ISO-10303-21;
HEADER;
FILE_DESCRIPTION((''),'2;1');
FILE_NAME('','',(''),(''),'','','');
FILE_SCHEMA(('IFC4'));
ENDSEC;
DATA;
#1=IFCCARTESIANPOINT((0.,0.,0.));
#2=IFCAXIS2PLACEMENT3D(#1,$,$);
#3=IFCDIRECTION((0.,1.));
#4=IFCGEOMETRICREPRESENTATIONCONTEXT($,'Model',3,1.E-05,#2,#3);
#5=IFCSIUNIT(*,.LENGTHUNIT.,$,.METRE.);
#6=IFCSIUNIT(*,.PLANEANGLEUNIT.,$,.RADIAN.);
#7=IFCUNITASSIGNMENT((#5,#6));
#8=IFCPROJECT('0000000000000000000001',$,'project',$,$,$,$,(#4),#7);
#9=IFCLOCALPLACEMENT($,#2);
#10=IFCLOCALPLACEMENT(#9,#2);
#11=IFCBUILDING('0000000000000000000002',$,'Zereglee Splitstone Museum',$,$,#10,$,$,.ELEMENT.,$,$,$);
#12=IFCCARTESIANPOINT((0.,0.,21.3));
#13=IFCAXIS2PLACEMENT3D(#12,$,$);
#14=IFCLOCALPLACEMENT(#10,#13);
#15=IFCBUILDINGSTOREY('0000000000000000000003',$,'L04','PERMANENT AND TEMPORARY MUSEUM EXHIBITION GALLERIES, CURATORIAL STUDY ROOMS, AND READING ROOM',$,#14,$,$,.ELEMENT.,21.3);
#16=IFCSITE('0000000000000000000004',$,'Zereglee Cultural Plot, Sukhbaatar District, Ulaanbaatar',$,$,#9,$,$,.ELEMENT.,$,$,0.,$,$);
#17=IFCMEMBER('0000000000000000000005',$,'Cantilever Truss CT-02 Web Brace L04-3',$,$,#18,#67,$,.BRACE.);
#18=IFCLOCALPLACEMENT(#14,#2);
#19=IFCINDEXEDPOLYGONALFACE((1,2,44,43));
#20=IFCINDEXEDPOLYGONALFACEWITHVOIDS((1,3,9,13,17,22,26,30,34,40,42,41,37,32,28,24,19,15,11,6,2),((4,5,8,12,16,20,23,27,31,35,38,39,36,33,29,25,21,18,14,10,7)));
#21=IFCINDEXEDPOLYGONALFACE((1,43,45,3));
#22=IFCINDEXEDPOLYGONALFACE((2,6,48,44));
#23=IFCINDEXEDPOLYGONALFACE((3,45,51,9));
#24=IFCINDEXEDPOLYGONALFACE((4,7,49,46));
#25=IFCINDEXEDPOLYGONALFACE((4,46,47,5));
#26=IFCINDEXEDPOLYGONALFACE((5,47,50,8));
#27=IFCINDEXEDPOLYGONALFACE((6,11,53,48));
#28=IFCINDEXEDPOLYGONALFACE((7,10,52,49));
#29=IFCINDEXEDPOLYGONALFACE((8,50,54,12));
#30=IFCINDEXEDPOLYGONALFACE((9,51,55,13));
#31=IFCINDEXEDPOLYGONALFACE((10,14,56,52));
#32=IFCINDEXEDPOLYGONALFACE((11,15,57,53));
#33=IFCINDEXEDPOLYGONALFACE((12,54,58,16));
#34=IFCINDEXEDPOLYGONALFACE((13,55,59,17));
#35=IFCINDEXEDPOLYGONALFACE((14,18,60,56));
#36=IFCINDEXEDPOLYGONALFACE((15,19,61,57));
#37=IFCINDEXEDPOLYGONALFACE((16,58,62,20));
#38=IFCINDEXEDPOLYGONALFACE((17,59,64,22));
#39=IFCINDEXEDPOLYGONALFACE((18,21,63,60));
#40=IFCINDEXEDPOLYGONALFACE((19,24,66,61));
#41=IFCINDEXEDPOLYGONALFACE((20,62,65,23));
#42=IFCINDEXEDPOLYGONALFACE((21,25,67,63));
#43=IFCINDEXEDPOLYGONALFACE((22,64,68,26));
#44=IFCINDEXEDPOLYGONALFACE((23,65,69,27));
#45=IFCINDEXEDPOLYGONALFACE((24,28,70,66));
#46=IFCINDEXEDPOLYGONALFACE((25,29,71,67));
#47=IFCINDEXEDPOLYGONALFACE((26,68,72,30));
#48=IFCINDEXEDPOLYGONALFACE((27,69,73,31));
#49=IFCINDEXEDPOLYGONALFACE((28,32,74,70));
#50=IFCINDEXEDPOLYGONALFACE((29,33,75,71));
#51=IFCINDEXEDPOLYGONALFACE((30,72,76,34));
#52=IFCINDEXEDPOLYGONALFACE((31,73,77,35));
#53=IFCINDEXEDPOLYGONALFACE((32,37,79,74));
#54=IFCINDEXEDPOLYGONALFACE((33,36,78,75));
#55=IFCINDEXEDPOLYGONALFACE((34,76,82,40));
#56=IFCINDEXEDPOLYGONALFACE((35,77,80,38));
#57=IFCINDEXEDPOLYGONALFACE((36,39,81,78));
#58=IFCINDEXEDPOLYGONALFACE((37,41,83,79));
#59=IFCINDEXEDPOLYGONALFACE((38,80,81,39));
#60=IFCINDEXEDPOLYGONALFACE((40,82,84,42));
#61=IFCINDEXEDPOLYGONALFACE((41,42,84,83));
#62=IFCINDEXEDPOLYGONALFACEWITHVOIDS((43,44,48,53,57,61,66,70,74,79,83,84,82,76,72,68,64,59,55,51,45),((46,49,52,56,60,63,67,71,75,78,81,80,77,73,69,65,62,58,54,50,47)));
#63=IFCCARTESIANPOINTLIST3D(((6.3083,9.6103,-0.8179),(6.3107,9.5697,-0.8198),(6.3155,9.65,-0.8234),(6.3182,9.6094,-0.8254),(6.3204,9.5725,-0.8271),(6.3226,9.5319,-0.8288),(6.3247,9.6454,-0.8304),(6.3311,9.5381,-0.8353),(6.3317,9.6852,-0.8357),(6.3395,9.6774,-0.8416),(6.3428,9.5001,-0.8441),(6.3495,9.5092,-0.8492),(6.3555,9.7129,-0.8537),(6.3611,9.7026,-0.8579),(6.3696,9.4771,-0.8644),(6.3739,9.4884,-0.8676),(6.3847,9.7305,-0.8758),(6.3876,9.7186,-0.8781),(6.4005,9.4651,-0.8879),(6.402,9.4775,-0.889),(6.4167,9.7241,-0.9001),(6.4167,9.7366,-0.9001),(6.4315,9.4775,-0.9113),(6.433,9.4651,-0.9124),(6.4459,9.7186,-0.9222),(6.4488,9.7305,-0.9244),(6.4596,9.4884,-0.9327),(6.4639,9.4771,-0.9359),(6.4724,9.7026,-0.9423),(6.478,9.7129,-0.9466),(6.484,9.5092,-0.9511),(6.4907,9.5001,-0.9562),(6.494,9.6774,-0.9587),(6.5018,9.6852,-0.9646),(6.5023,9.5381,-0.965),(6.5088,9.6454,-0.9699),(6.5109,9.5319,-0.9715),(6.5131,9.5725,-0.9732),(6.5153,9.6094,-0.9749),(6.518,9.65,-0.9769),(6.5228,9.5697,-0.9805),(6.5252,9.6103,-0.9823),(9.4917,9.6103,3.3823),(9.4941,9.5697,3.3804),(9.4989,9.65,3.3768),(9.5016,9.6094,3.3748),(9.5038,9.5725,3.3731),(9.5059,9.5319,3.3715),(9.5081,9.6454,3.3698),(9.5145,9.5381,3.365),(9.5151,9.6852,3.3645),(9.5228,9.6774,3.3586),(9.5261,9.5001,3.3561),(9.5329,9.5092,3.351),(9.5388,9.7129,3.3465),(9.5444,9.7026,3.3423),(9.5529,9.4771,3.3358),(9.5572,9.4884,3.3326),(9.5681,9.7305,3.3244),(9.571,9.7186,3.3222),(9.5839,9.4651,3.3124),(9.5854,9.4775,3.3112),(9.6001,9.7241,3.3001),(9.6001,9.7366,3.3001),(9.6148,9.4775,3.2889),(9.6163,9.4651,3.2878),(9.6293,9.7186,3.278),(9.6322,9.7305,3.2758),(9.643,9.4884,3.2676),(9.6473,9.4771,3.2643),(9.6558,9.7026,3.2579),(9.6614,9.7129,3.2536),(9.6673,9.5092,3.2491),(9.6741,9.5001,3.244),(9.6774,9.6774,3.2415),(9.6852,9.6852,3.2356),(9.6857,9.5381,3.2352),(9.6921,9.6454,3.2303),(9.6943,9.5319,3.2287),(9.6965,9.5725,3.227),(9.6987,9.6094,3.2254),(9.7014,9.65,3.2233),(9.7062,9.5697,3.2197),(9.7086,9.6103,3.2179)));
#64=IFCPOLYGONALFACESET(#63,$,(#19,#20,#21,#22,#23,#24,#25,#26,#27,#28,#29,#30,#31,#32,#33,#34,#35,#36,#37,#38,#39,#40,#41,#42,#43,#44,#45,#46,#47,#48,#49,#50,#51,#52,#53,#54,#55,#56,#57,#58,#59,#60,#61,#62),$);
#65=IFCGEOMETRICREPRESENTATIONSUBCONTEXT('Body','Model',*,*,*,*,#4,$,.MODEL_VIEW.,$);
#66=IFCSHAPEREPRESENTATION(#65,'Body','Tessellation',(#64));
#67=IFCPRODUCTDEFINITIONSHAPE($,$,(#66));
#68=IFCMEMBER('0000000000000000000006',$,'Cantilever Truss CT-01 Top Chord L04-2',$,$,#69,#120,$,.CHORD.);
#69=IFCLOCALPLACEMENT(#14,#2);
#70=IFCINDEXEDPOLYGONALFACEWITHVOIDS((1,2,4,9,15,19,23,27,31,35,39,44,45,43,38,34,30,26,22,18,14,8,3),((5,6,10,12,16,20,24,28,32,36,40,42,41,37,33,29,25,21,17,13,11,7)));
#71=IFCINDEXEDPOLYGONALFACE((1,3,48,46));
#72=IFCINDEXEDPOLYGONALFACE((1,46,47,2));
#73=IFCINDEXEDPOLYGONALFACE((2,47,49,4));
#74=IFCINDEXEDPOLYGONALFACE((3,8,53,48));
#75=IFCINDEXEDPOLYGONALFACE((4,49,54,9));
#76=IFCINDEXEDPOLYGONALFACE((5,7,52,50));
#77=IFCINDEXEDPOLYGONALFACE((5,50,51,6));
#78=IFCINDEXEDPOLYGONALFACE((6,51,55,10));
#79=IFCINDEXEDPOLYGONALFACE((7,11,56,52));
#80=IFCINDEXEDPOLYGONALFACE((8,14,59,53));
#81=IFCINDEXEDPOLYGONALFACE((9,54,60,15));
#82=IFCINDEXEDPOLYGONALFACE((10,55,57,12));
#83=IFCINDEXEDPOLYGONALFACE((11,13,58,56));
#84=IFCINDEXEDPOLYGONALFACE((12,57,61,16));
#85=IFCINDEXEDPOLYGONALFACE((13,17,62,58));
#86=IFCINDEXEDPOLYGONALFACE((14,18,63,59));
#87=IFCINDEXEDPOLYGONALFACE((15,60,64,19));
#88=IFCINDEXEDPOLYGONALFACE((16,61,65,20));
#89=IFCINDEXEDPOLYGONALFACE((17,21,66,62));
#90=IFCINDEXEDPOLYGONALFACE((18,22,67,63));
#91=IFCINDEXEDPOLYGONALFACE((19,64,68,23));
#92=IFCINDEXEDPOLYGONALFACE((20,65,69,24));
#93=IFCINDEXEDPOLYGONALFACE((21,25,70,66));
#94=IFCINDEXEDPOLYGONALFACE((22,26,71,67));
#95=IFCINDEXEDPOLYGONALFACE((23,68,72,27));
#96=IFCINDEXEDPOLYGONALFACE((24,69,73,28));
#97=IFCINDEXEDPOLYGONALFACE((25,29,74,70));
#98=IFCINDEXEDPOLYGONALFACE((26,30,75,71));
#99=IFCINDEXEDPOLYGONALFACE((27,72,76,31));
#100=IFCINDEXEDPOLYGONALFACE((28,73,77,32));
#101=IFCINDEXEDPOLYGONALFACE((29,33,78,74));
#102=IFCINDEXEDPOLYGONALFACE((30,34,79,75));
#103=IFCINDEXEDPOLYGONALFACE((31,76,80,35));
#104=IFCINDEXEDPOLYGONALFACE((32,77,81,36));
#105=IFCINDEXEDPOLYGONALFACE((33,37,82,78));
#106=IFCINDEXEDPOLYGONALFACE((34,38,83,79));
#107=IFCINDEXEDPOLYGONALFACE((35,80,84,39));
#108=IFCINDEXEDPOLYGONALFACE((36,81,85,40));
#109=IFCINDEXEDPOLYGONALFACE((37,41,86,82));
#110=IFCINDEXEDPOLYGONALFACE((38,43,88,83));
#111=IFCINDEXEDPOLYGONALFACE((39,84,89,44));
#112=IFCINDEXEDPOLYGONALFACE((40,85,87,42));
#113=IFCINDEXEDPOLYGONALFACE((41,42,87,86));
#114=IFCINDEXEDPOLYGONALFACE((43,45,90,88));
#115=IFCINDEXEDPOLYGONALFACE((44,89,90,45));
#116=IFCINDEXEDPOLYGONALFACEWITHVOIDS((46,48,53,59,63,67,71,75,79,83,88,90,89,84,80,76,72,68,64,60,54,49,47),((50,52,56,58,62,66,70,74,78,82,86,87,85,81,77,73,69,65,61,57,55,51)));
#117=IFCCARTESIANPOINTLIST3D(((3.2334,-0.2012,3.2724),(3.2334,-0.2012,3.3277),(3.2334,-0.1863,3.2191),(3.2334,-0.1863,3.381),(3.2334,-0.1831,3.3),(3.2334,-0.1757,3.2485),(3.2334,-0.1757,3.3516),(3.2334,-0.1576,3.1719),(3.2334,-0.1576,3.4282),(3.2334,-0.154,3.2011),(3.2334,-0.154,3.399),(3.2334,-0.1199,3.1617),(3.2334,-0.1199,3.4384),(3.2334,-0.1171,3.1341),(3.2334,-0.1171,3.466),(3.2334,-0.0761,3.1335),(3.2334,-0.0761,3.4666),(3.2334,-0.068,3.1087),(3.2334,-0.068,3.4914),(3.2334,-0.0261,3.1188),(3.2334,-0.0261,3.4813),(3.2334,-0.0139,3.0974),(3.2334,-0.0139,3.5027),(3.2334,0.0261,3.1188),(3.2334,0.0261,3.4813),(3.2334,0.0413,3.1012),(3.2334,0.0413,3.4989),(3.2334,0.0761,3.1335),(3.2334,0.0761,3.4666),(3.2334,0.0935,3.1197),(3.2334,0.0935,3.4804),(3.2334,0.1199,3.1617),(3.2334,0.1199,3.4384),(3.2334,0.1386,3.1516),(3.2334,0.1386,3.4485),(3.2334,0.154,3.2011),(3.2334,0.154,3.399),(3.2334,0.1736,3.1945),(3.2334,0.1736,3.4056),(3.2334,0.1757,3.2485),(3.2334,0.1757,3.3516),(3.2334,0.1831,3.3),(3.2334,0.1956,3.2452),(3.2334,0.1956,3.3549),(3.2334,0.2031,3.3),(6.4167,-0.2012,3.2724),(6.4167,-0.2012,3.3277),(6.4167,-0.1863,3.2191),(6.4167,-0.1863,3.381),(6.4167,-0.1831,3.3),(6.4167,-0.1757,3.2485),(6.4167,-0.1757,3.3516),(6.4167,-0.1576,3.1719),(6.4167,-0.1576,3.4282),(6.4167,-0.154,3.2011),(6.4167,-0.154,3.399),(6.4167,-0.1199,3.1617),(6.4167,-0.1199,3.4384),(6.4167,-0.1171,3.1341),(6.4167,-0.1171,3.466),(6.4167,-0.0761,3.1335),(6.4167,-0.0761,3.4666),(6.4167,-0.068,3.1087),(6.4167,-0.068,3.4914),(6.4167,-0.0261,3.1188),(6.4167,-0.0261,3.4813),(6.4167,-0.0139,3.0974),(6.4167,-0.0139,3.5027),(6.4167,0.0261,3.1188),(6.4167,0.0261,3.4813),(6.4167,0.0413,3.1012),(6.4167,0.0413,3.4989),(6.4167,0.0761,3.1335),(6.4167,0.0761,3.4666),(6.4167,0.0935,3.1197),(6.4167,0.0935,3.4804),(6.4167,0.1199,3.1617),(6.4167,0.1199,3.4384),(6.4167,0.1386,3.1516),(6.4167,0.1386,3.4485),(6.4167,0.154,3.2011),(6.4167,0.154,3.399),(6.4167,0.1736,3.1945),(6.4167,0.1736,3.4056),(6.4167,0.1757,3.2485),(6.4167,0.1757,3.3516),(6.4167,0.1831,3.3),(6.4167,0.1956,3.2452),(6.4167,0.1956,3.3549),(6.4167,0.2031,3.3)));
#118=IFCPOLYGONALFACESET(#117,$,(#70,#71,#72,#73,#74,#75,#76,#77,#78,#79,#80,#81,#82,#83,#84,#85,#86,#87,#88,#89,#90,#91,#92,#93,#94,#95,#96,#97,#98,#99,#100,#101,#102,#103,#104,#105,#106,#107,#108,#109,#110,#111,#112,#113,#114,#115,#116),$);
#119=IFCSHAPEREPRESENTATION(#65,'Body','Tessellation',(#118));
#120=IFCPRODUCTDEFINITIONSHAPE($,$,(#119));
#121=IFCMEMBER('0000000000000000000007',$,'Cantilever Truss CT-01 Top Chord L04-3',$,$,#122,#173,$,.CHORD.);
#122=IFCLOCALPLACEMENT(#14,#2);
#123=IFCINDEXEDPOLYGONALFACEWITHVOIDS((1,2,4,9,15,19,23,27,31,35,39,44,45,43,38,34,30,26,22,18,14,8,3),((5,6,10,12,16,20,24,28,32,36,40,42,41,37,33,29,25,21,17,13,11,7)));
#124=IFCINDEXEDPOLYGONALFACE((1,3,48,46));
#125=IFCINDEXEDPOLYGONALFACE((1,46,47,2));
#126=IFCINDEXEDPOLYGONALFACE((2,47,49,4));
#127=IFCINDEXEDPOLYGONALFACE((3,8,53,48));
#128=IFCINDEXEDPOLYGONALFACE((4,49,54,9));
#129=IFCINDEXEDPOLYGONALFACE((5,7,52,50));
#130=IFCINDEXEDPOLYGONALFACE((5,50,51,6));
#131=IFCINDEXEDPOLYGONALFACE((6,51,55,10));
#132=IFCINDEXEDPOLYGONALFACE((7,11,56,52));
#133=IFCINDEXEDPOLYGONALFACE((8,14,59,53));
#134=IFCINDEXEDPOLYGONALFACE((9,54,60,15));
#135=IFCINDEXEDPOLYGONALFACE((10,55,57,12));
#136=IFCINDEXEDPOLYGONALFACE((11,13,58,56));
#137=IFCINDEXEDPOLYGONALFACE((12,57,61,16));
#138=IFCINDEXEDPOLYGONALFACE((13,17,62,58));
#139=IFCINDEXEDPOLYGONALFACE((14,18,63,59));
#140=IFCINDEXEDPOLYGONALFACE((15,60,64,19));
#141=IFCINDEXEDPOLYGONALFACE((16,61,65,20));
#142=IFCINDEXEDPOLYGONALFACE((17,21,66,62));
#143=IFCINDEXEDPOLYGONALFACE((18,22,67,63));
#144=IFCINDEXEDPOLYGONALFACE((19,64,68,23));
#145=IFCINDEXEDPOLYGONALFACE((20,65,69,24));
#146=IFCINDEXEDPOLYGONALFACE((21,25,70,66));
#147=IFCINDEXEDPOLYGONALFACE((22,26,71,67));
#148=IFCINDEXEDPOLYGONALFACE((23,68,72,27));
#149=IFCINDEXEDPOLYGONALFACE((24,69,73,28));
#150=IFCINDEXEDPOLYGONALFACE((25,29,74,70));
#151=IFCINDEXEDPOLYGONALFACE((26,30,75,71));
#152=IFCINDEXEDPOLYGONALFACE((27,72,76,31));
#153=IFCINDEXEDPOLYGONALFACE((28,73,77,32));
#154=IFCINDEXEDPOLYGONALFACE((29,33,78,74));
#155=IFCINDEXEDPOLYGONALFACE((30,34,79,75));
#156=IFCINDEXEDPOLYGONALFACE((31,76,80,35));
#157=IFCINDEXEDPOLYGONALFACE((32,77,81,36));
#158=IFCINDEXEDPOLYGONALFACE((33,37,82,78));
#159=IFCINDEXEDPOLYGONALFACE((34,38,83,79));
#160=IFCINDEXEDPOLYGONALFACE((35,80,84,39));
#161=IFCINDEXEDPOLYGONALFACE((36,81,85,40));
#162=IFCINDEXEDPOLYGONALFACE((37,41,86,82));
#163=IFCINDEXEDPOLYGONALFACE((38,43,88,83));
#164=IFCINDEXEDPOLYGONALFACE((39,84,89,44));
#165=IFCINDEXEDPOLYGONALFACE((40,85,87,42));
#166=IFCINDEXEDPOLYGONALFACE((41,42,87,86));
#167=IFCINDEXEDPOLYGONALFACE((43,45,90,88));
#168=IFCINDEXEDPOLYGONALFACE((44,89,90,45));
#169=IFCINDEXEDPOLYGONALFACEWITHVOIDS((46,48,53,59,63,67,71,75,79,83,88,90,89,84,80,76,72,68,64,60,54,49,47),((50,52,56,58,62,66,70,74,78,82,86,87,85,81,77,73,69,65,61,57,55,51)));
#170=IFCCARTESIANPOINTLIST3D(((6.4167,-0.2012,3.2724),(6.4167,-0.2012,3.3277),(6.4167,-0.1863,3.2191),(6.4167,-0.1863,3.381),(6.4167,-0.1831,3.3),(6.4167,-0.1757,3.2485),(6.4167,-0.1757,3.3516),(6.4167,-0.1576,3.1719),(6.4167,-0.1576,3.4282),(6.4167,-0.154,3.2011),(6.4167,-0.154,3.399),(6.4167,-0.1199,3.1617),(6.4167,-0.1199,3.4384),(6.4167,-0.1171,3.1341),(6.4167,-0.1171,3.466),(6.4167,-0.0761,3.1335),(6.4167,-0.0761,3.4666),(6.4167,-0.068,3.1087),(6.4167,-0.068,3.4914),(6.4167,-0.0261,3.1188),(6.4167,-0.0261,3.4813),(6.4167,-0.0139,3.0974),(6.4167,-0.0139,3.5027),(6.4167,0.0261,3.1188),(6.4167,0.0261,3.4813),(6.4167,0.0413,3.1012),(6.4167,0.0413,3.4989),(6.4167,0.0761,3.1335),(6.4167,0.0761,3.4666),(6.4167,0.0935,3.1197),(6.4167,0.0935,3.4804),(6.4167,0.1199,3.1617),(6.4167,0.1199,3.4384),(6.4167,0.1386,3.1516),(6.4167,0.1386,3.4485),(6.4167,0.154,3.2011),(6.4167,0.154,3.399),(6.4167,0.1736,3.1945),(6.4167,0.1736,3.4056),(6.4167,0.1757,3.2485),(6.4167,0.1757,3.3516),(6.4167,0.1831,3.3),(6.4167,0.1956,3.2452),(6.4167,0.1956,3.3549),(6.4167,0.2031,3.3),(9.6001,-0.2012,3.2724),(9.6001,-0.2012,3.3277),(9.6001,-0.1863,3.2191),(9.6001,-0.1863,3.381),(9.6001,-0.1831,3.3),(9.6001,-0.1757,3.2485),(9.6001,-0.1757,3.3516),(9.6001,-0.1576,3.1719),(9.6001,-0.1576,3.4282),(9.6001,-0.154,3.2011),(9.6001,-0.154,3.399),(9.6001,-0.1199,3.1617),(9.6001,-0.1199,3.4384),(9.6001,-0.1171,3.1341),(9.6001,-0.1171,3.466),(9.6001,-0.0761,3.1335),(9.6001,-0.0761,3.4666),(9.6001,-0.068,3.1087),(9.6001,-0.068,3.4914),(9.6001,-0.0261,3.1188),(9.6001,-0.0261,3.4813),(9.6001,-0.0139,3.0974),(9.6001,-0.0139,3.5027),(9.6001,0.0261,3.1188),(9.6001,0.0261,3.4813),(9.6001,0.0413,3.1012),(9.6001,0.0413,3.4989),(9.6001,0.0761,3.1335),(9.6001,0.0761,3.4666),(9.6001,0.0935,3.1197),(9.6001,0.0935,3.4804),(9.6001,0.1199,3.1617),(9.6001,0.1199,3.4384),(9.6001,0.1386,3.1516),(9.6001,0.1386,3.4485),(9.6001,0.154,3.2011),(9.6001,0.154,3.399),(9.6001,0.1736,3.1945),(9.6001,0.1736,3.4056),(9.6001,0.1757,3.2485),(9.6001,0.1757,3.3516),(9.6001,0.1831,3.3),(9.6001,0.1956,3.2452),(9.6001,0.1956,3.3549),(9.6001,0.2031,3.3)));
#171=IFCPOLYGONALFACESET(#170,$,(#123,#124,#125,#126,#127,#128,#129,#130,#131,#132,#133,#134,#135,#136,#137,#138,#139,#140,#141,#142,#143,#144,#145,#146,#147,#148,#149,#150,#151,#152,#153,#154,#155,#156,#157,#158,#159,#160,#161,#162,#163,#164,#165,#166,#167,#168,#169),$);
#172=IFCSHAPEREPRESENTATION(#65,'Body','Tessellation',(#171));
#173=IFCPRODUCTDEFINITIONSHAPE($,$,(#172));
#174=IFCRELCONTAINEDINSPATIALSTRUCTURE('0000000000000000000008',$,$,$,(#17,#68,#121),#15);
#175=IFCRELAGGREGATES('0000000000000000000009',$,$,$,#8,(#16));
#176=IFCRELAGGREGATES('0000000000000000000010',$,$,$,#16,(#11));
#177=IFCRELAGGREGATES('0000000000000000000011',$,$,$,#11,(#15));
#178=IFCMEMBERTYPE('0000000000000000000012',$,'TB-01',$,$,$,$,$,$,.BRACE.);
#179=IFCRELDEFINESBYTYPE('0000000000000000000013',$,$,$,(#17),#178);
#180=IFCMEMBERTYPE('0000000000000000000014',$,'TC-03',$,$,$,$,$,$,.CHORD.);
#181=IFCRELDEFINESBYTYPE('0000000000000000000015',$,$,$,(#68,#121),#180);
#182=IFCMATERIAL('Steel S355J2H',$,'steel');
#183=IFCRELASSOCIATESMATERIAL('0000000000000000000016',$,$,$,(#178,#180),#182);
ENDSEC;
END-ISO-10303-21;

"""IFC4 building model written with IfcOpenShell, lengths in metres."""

from ifc_helpers import new_model, si_unit, direction, frame, origin, origin_2d, place, context, subcontext, project, spatial, hollow_circle, extrude, material, material_profile, profile_set, type_object, element, save


model = new_model("IFC4")

# Units and contexts
model_context = context("Model", 3, precision=1e-05, world=origin(), true_north=direction((0.0, 1.0)))
body_context = subcontext(model_context, "Body", "Model", "MODEL_VIEW")
ifc_project = project(units=[si_unit("LENGTHUNIT", "METRE"), si_unit("PLANEANGLEUNIT", "RADIAN")], contexts=[model_context])

# Site, building, storey
site_placement = place(None, origin())
site = spatial("IfcSite", under=ifc_project, at=site_placement, Name="Zereglee Cultural Plot, Sukhbaatar District, Ulaanbaatar", CompositionType="ELEMENT", RefElevation=0.0)
building_placement = place(site_placement, origin())
building = spatial("IfcBuilding", under=site, at=building_placement, Name="Zereglee Splitstone Museum", CompositionType="ELEMENT")
storey_placement = place(building_placement, frame((0.0, 0.0, 21.3)))
storey = spatial("IfcBuildingStorey", under=building, at=storey_placement, Name="L04", Description="PERMANENT AND TEMPORARY MUSEUM EXHIBITION GALLERIES, CURATORIAL STUDY ROOMS, AND READING ROOM", CompositionType="ELEMENT", Elevation=21.3)

# Members
ifc_material_1 = material(Name="Steel S355J2H", Category="steel")
ifc_material_profile_1 = material_profile(ifc_material_1, hollow_circle(Radius=0.1365, WallThickness=0.0125, at=origin_2d()), Name="CHS 273.0x12.5")
ifc_profile_set_1 = profile_set([ifc_material_profile_1], Name="Steel S355J2H")
member_type_1 = type_object("IfcMemberType", Name="TB-01", PredefinedType="BRACE", material=ifc_profile_set_1)
for number, where, z_axis, x_axis, name in (
    (1, (6.4167, 9.6001, -0.9001), (0.604024, 0.0, 0.796966), (0.0, 1.0, 0.0), "Cantilever Truss CT-02 Web Brace L04-3"),
):
    element("IfcMember", number, at=place(storey_placement, frame(where, z_axis=z_axis, x_axis=x_axis)), inside=storey, type_object=member_type_1, Name=name, PredefinedType="BRACE", context=body_context, shape_type="SweptSolid", body=[
        extrude(hollow_circle(Radius=0.1365, WallThickness=0.0125, at=origin_2d()), origin(), (0.0, 0.0, 1.0), 5.2703),
    ])
ifc_material_profile_2 = material_profile(ifc_material_1, hollow_circle(Radius=0.2031, WallThickness=0.02, at=origin_2d()), Name="CHS 406.4x20")
ifc_profile_set_2 = profile_set([ifc_material_profile_2], Name="Steel S355J2H")
member_type_2 = type_object("IfcMemberType", Name="TC-03", PredefinedType="CHORD", material=ifc_profile_set_2)
for number, where, z_axis, x_axis, name in (
    (2, (3.2334, 0.0, 3.3), (1.0, 0.0, 0.0), (0.0, 1.0, 0.0), "Cantilever Truss CT-01 Top Chord L04-2"),
    (3, (6.4167, 0.0, 3.3), (1.0, 0.0, 0.0), (0.0, 1.0, 0.0), "Cantilever Truss CT-01 Top Chord L04-3"),
):
    element("IfcMember", number, at=place(storey_placement, frame(where, z_axis=z_axis, x_axis=x_axis)), inside=storey, type_object=member_type_2, Name=name, PredefinedType="CHORD", context=body_context, shape_type="SweptSolid", body=[
        extrude(hollow_circle(Radius=0.2031, WallThickness=0.02, at=origin_2d()), origin(), (0.0, 0.0, 1.0), 3.1833),
    ])

save(model, "model.ifc")
